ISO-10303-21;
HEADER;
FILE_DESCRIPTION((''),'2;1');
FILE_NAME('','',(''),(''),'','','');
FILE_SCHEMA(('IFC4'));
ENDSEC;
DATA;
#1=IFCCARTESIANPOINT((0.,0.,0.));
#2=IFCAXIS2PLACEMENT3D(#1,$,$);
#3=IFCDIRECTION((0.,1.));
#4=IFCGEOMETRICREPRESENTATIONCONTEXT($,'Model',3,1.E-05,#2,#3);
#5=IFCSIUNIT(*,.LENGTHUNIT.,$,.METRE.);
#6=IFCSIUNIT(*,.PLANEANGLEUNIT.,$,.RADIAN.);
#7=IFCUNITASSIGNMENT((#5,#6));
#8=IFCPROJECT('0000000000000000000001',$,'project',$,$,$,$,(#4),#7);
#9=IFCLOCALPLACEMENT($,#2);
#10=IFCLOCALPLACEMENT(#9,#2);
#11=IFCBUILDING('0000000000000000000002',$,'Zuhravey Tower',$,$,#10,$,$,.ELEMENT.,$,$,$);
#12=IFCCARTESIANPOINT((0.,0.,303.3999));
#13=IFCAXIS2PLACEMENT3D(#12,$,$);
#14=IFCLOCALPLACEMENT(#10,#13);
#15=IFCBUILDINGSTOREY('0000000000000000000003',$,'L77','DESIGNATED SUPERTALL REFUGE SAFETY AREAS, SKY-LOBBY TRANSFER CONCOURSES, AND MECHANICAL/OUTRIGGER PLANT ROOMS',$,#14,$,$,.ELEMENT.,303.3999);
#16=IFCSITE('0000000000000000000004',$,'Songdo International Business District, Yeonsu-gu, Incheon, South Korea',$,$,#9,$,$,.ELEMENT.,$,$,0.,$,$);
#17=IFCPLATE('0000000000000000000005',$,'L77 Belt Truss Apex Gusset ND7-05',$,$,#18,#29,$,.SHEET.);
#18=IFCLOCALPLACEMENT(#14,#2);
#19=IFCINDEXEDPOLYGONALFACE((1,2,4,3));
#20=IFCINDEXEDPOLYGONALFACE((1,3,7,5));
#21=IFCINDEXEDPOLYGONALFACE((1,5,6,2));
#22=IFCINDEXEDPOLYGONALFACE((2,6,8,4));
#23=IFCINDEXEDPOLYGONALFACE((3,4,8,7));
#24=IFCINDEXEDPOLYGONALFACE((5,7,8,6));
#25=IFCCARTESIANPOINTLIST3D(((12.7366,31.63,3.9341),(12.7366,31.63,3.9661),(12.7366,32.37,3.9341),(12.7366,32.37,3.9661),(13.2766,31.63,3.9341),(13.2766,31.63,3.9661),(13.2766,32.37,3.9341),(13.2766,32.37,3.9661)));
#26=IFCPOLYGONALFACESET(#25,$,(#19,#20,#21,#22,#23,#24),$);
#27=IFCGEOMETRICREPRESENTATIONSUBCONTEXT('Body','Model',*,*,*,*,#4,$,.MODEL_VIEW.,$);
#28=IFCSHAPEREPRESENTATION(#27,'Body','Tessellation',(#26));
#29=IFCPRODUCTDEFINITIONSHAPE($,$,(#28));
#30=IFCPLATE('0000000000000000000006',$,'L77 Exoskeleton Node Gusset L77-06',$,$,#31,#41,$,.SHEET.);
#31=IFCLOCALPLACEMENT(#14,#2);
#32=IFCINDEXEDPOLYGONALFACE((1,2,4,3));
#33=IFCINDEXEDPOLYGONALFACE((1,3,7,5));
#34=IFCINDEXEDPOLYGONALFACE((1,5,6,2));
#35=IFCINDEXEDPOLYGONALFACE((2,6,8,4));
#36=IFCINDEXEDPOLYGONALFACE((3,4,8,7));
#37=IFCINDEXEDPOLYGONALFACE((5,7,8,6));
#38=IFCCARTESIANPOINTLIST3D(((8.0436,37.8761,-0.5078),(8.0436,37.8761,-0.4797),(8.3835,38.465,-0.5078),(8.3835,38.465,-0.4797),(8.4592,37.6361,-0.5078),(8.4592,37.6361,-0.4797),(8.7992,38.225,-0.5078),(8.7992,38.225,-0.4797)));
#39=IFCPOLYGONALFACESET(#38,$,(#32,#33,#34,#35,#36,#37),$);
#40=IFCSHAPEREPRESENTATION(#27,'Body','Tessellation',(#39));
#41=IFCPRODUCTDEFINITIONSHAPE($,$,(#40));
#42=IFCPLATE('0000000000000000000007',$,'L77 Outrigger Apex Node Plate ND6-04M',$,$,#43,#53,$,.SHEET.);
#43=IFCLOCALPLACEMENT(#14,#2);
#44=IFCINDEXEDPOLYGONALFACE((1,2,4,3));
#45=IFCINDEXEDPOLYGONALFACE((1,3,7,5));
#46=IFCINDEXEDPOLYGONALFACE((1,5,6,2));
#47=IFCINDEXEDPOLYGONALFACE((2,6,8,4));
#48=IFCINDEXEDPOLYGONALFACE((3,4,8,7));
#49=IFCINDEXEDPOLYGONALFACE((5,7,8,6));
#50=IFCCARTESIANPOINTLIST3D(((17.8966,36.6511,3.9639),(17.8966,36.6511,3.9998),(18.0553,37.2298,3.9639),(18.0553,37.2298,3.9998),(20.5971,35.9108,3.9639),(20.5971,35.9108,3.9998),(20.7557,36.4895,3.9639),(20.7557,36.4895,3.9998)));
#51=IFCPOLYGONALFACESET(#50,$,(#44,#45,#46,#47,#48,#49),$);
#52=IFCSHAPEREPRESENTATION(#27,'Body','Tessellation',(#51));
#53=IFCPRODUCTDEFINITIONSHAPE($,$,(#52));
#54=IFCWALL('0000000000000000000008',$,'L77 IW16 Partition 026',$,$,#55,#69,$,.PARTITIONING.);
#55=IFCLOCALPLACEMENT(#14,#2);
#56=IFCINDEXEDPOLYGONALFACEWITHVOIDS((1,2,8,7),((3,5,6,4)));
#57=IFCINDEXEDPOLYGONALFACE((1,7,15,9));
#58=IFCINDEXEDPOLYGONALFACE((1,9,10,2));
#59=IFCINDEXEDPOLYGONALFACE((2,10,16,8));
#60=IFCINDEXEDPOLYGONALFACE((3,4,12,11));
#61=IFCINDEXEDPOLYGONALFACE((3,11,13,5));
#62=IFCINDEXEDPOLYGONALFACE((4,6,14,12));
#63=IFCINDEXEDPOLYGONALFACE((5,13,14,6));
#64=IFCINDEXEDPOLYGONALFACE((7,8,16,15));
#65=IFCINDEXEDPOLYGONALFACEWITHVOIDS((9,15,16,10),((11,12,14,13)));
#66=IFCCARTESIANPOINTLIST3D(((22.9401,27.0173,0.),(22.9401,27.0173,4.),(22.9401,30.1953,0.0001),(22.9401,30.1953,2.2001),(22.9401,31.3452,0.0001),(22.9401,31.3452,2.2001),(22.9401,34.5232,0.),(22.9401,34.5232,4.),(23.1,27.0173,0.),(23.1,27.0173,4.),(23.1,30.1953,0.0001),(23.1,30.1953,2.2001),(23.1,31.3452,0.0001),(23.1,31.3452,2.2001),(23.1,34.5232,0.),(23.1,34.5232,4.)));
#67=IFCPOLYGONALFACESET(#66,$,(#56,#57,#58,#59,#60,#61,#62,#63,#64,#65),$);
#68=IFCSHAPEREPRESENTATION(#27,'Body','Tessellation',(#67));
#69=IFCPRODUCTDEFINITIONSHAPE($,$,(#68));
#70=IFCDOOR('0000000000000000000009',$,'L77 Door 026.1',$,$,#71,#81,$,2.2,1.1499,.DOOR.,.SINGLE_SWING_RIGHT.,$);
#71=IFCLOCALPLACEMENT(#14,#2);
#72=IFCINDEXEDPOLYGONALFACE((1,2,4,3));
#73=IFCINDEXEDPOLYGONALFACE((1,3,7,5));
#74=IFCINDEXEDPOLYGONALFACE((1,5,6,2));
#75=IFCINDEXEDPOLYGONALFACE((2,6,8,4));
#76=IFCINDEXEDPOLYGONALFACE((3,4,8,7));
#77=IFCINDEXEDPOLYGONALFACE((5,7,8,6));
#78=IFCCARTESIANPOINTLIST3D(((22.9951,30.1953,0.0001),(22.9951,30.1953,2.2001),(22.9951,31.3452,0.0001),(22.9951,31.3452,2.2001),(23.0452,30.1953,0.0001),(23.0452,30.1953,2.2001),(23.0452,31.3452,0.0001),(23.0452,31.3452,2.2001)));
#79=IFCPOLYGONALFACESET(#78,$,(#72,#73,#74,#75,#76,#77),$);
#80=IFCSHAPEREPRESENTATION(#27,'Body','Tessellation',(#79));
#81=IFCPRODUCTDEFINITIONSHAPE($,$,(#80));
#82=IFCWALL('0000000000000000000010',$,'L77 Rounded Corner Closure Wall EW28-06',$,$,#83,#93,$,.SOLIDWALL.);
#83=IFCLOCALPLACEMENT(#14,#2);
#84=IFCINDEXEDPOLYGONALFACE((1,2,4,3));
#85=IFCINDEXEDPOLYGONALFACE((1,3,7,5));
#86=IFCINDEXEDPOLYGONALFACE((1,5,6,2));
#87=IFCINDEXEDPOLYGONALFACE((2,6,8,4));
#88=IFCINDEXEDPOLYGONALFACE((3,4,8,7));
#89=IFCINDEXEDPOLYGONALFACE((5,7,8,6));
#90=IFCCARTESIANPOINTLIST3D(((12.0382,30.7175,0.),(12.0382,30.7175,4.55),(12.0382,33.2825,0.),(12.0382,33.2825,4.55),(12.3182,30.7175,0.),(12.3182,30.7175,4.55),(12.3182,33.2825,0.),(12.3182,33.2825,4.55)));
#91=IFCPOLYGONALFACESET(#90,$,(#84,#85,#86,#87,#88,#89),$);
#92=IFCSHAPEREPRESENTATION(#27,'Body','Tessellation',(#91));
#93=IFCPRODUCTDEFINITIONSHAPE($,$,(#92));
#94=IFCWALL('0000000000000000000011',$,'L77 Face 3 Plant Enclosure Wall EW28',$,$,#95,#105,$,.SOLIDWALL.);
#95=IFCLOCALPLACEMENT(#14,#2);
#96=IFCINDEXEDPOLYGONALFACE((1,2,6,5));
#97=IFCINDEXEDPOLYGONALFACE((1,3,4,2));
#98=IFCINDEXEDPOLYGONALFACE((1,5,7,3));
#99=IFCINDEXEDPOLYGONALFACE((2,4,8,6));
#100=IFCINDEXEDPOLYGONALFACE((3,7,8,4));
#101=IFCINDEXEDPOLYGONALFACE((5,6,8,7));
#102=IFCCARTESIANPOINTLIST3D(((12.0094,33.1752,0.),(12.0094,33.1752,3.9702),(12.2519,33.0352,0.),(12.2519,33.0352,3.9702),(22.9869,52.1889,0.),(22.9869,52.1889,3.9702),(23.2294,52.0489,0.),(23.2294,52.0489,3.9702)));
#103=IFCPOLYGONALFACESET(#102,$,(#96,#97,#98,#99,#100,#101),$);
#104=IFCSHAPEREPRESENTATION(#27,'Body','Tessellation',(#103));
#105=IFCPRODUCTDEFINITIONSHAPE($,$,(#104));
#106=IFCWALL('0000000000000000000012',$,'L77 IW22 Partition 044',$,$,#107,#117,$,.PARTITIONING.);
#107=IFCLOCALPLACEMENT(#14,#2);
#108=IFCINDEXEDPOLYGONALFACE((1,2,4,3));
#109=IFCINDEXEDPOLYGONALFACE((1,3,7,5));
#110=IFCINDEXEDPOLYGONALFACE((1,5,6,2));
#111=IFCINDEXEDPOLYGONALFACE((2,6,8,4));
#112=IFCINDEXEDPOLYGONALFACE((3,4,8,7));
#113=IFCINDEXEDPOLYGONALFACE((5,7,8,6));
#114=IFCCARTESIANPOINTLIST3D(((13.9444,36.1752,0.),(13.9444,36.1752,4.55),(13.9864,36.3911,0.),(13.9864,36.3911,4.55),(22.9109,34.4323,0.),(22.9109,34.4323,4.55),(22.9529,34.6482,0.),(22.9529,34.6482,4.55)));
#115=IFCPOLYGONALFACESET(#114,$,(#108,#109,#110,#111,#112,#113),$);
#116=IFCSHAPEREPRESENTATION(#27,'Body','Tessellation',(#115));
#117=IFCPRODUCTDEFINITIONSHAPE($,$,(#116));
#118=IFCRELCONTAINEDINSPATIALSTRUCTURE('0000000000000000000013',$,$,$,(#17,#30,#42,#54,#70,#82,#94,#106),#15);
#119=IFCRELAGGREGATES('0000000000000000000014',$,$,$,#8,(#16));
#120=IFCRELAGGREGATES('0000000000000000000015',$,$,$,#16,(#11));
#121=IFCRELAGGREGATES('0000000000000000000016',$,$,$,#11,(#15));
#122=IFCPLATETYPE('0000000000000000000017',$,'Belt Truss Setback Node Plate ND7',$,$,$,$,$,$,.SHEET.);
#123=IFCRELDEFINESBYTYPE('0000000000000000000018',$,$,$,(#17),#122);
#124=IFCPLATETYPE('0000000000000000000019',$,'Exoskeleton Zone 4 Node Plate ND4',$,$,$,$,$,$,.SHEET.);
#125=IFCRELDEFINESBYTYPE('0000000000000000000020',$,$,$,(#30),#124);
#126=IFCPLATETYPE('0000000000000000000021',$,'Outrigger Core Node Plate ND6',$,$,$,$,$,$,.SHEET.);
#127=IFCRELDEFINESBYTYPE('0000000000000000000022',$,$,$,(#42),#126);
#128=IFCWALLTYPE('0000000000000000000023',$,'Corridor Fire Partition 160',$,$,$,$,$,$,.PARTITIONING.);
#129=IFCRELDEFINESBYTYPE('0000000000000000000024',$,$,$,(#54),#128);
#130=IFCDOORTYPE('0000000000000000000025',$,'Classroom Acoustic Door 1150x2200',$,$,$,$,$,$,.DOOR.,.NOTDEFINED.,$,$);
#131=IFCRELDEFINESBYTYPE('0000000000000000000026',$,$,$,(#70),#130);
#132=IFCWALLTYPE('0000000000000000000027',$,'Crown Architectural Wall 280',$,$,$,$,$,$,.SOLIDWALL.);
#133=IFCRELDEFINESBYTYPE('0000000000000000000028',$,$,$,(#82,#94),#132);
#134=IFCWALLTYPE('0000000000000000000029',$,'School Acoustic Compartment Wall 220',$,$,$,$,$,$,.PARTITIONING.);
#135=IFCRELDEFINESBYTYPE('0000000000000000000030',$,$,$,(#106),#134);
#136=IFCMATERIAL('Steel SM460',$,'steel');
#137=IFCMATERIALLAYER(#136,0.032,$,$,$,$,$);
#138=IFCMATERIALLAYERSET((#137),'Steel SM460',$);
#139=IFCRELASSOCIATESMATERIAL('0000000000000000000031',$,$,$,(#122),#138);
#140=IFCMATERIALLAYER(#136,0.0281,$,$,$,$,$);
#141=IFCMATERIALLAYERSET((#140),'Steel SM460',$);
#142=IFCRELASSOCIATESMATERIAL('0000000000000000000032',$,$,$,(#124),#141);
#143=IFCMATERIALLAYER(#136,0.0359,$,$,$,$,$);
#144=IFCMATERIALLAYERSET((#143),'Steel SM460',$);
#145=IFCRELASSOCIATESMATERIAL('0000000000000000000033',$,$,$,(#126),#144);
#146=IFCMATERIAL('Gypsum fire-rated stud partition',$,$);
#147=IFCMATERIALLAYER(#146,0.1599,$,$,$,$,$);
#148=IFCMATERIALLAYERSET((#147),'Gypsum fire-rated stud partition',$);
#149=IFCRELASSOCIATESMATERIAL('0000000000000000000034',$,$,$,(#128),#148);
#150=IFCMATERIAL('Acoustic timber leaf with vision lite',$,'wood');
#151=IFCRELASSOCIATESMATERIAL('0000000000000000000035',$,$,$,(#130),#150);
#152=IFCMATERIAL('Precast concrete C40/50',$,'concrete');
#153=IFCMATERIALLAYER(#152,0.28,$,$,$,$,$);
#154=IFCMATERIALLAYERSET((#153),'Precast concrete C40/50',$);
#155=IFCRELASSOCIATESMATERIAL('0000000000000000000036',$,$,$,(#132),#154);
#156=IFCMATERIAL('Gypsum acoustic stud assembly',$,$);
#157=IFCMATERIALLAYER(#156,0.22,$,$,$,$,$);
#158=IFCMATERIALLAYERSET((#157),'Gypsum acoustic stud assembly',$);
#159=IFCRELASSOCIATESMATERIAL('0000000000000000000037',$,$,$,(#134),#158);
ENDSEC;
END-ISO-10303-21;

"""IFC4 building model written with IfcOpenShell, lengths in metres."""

from ifc_helpers import new_model, si_unit, direction, frame, frame_2d, origin, origin_2d, place, context, subcontext, project, spatial, rectangle, extrude, material, layer, layer_set, type_object, element, fill, save


model = new_model("IFC4")

# Units and contexts
model_context = context("Model", 3, precision=1e-05, world=origin(), true_north=direction((0.0, 1.0)))
body_context = subcontext(model_context, "Body", "Model", "MODEL_VIEW")
ifc_project = project(units=[si_unit("LENGTHUNIT", "METRE"), si_unit("PLANEANGLEUNIT", "RADIAN")], contexts=[model_context])

# Site, building, storey
site_placement = place(None, origin())
site = spatial("IfcSite", under=ifc_project, at=site_placement, Name="Songdo International Business District, Yeonsu-gu, Incheon, South Korea", CompositionType="ELEMENT", RefElevation=0.0)
building_placement = place(site_placement, origin())
building = spatial("IfcBuilding", under=site, at=building_placement, Name="Zuhravey Tower", CompositionType="ELEMENT")
storey_placement = place(building_placement, frame((0.0, 0.0, 303.3999)))
storey = spatial("IfcBuildingStorey", under=building, at=storey_placement, Name="L77", Description="DESIGNATED SUPERTALL REFUGE SAFETY AREAS, SKY-LOBBY TRANSFER CONCOURSES, AND MECHANICAL/OUTRIGGER PLANT ROOMS", CompositionType="ELEMENT", Elevation=303.3999)

# Shared definitions
ifc_material_1 = material(Name="Steel SM460", Category="steel")

# Plates
ifc_layer_1 = layer(ifc_material_1, 0.032)
ifc_layer_set_1 = layer_set([ifc_layer_1], Name="Steel SM460")
plate_type_1 = type_object("IfcPlateType", Name="Belt Truss Setback Node Plate ND7", PredefinedType="SHEET", material=ifc_layer_set_1)
plate_1_placement = place(storey_placement, frame((13.0066, 32.0, 3.9341), z_axis=(0.0, 0.0, 1.0), x_axis=(0.0, -1.0, 0.0)))
element("IfcPlate", 1, at=plate_1_placement, inside=storey, type_object=plate_type_1, Name="L77 Belt Truss Apex Gusset ND7-05", PredefinedType="SHEET", context=body_context, shape_type="SweptSolid", body=[
    extrude(rectangle(XDim=0.74, YDim=0.54, at=origin_2d()), origin(), (0.0, 0.0, 1.0), 0.032),
])
ifc_layer_2 = layer(ifc_material_1, 0.0281)
ifc_layer_set_2 = layer_set([ifc_layer_2], Name="Steel SM460")
plate_type_2 = type_object("IfcPlateType", Name="Exoskeleton Zone 4 Node Plate ND4", PredefinedType="SHEET", material=ifc_layer_set_2)
plate_2_placement = place(storey_placement, frame((8.4214, 38.0505, -0.5078), z_axis=(0.0, 0.0, 1.0), x_axis=(-0.5, -0.866025, 0.0)))
element("IfcPlate", 2, at=plate_2_placement, inside=storey, type_object=plate_type_2, Name="L77 Exoskeleton Node Gusset L77-06", PredefinedType="SHEET", context=body_context, shape_type="SweptSolid", body=[
    extrude(rectangle(XDim=0.6799, YDim=0.48, at=origin_2d()), origin(), (0.0, 0.0, 1.0), 0.0281),
])
ifc_layer_3 = layer(ifc_material_1, 0.0359)
ifc_layer_set_3 = layer_set([ifc_layer_3], Name="Steel SM460")
plate_type_3 = type_object("IfcPlateType", Name="Outrigger Core Node Plate ND6", PredefinedType="SHEET", material=ifc_layer_set_3)
plate_3_placement = place(storey_placement, frame((19.3262, 36.5703, 3.9639), z_axis=(0.0, 0.0, 1.0), x_axis=(-0.964419, 0.264378, 0.0)))
element("IfcPlate", 3, at=plate_3_placement, inside=storey, type_object=plate_type_3, Name="L77 Outrigger Apex Node Plate ND6-04M", PredefinedType="SHEET", context=body_context, shape_type="SweptSolid", body=[
    extrude(rectangle(XDim=2.8, YDim=0.6001, at=origin_2d()), origin(), (0.0, 0.0, 1.0), 0.0359),
])

# Wall, opening, door
ifc_material_2 = material(Name="Gypsum fire-rated stud partition")
ifc_layer_4 = layer(ifc_material_2, 0.1599)
ifc_layer_set_4 = layer_set([ifc_layer_4], Name="Gypsum fire-rated stud partition")
wall_type_1 = type_object("IfcWallType", Name="Corridor Fire Partition 160", PredefinedType="PARTITIONING", material=ifc_layer_set_4)
wall_1_placement = place(storey_placement, frame((23.02, 34.5232, 0.0), z_axis=(0.0, 0.0, 1.0), x_axis=(0.0, -1.0, 0.0)))
wall_1 = element("IfcWall", 4, at=wall_1_placement, inside=storey, type_object=wall_type_1, Name="L77 IW16 Partition 026", PredefinedType="PARTITIONING", context=body_context, shape_type="SweptSolid", body=[
    extrude(rectangle(XDim=7.5059, YDim=0.1599, at=frame_2d((3.7529, 0.0))), origin(), (0.0, 0.0, 1.0), 4.0),
])
opening_placement = place(wall_1_placement, frame((3.178, 0.0, 0.0)))
opening = element("IfcOpeningElement", 5, at=opening_placement, cuts=wall_1, PredefinedType="OPENING", context=body_context, shape_type="SweptSolid", body=[
    extrude(rectangle(XDim=1.1499, YDim=2.2, at=frame_2d((0.575, 1.1001))), frame((0.0, 0.092, 0.0), z_axis=(0.0, -1.0, 0.0), x_axis=(1.0, 0.0, 0.0)), (0.0, 0.0, 1.0), 0.1838),
])
ifc_material_3 = material(Name="Acoustic timber leaf with vision lite", Category="wood")
door_type = type_object("IfcDoorType", Name="Classroom Acoustic Door 1150x2200", OperationType="NOTDEFINED", PredefinedType="DOOR", material=ifc_material_3)
door_placement = place(opening_placement, frame((1.1499, 0.0, 0.0), z_axis=(0.0, 0.0, 1.0), x_axis=(-1.0, 0.0, 0.0)))
door = element("IfcDoor", 6, at=door_placement, inside=storey, type_object=door_type, Name="L77 Door 026.1", OperationType="SINGLE_SWING_RIGHT", OverallHeight=2.2, OverallWidth=1.1499, PredefinedType="DOOR", context=body_context, shape_type="SweptSolid", body=[
    extrude(rectangle(XDim=1.1499, YDim=2.2, at=frame_2d((0.575, 1.1001))), frame((0.0, 0.0249, 0.0), z_axis=(0.0, -1.0, 0.0), x_axis=(1.0, 0.0, 0.0)), (0.0, 0.0, 1.0), 0.05),
])
fill(opening, door)

# Walls
ifc_material_4 = material(Name="Precast concrete C40/50", Category="concrete")
ifc_layer_5 = layer(ifc_material_4, 0.28)
ifc_layer_set_5 = layer_set([ifc_layer_5], Name="Precast concrete C40/50")
wall_type_2 = type_object("IfcWallType", Name="Crown Architectural Wall 280", PredefinedType="SOLIDWALL", material=ifc_layer_set_5)
wall_2_placement = place(storey_placement, frame((12.1782, 30.7175, 0.0), z_axis=(0.0, 0.0, 1.0), x_axis=(0.0, 1.0, 0.0)))
element("IfcWall", 7, at=wall_2_placement, inside=storey, type_object=wall_type_2, Name="L77 Rounded Corner Closure Wall EW28-06", PredefinedType="SOLIDWALL", context=body_context, shape_type="SweptSolid", body=[
    extrude(rectangle(XDim=2.5649, YDim=0.28, at=frame_2d((1.2825, 0.0))), origin(), (0.0, 0.0, 1.0), 4.55),
])
wall_3_placement = place(storey_placement, frame((12.1306, 33.1052, 0.0), z_axis=(0.0, 0.0, 1.0), x_axis=(0.5, 0.866026, 0.0)))
element("IfcWall", 8, at=wall_3_placement, inside=storey, type_object=wall_type_2, Name="L77 Face 3 Plant Enclosure Wall EW28", PredefinedType="SOLIDWALL", context=body_context, shape_type="SweptSolid", body=[
    extrude(rectangle(XDim=21.9551, YDim=0.28, at=frame_2d((10.9775, 0.0))), origin(), (0.0, 0.0, 1.0), 3.9702),
])
ifc_material_5 = material(Name="Gypsum acoustic stud assembly")
ifc_layer_6 = layer(ifc_material_5, 0.22)
ifc_layer_set_6 = layer_set([ifc_layer_6], Name="Gypsum acoustic stud assembly")
wall_type_3 = type_object("IfcWallType", Name="School Acoustic Compartment Wall 220", PredefinedType="PARTITIONING", material=ifc_layer_set_6)
wall_4_placement = place(storey_placement, frame((22.9319, 34.5403, 0.0), z_axis=(0.0, 0.0, 1.0), x_axis=(-0.981627, 0.190809, 0.0)))
element("IfcWall", 9, at=wall_4_placement, inside=storey, type_object=wall_type_3, Name="L77 IW22 Partition 044", PredefinedType="PARTITIONING", context=body_context, shape_type="SweptSolid", body=[
    extrude(rectangle(XDim=9.1343, YDim=0.22, at=frame_2d((4.5671, 0.0))), origin(), (0.0, 0.0, 1.0), 4.55),
])

save(model, "model.ifc")
